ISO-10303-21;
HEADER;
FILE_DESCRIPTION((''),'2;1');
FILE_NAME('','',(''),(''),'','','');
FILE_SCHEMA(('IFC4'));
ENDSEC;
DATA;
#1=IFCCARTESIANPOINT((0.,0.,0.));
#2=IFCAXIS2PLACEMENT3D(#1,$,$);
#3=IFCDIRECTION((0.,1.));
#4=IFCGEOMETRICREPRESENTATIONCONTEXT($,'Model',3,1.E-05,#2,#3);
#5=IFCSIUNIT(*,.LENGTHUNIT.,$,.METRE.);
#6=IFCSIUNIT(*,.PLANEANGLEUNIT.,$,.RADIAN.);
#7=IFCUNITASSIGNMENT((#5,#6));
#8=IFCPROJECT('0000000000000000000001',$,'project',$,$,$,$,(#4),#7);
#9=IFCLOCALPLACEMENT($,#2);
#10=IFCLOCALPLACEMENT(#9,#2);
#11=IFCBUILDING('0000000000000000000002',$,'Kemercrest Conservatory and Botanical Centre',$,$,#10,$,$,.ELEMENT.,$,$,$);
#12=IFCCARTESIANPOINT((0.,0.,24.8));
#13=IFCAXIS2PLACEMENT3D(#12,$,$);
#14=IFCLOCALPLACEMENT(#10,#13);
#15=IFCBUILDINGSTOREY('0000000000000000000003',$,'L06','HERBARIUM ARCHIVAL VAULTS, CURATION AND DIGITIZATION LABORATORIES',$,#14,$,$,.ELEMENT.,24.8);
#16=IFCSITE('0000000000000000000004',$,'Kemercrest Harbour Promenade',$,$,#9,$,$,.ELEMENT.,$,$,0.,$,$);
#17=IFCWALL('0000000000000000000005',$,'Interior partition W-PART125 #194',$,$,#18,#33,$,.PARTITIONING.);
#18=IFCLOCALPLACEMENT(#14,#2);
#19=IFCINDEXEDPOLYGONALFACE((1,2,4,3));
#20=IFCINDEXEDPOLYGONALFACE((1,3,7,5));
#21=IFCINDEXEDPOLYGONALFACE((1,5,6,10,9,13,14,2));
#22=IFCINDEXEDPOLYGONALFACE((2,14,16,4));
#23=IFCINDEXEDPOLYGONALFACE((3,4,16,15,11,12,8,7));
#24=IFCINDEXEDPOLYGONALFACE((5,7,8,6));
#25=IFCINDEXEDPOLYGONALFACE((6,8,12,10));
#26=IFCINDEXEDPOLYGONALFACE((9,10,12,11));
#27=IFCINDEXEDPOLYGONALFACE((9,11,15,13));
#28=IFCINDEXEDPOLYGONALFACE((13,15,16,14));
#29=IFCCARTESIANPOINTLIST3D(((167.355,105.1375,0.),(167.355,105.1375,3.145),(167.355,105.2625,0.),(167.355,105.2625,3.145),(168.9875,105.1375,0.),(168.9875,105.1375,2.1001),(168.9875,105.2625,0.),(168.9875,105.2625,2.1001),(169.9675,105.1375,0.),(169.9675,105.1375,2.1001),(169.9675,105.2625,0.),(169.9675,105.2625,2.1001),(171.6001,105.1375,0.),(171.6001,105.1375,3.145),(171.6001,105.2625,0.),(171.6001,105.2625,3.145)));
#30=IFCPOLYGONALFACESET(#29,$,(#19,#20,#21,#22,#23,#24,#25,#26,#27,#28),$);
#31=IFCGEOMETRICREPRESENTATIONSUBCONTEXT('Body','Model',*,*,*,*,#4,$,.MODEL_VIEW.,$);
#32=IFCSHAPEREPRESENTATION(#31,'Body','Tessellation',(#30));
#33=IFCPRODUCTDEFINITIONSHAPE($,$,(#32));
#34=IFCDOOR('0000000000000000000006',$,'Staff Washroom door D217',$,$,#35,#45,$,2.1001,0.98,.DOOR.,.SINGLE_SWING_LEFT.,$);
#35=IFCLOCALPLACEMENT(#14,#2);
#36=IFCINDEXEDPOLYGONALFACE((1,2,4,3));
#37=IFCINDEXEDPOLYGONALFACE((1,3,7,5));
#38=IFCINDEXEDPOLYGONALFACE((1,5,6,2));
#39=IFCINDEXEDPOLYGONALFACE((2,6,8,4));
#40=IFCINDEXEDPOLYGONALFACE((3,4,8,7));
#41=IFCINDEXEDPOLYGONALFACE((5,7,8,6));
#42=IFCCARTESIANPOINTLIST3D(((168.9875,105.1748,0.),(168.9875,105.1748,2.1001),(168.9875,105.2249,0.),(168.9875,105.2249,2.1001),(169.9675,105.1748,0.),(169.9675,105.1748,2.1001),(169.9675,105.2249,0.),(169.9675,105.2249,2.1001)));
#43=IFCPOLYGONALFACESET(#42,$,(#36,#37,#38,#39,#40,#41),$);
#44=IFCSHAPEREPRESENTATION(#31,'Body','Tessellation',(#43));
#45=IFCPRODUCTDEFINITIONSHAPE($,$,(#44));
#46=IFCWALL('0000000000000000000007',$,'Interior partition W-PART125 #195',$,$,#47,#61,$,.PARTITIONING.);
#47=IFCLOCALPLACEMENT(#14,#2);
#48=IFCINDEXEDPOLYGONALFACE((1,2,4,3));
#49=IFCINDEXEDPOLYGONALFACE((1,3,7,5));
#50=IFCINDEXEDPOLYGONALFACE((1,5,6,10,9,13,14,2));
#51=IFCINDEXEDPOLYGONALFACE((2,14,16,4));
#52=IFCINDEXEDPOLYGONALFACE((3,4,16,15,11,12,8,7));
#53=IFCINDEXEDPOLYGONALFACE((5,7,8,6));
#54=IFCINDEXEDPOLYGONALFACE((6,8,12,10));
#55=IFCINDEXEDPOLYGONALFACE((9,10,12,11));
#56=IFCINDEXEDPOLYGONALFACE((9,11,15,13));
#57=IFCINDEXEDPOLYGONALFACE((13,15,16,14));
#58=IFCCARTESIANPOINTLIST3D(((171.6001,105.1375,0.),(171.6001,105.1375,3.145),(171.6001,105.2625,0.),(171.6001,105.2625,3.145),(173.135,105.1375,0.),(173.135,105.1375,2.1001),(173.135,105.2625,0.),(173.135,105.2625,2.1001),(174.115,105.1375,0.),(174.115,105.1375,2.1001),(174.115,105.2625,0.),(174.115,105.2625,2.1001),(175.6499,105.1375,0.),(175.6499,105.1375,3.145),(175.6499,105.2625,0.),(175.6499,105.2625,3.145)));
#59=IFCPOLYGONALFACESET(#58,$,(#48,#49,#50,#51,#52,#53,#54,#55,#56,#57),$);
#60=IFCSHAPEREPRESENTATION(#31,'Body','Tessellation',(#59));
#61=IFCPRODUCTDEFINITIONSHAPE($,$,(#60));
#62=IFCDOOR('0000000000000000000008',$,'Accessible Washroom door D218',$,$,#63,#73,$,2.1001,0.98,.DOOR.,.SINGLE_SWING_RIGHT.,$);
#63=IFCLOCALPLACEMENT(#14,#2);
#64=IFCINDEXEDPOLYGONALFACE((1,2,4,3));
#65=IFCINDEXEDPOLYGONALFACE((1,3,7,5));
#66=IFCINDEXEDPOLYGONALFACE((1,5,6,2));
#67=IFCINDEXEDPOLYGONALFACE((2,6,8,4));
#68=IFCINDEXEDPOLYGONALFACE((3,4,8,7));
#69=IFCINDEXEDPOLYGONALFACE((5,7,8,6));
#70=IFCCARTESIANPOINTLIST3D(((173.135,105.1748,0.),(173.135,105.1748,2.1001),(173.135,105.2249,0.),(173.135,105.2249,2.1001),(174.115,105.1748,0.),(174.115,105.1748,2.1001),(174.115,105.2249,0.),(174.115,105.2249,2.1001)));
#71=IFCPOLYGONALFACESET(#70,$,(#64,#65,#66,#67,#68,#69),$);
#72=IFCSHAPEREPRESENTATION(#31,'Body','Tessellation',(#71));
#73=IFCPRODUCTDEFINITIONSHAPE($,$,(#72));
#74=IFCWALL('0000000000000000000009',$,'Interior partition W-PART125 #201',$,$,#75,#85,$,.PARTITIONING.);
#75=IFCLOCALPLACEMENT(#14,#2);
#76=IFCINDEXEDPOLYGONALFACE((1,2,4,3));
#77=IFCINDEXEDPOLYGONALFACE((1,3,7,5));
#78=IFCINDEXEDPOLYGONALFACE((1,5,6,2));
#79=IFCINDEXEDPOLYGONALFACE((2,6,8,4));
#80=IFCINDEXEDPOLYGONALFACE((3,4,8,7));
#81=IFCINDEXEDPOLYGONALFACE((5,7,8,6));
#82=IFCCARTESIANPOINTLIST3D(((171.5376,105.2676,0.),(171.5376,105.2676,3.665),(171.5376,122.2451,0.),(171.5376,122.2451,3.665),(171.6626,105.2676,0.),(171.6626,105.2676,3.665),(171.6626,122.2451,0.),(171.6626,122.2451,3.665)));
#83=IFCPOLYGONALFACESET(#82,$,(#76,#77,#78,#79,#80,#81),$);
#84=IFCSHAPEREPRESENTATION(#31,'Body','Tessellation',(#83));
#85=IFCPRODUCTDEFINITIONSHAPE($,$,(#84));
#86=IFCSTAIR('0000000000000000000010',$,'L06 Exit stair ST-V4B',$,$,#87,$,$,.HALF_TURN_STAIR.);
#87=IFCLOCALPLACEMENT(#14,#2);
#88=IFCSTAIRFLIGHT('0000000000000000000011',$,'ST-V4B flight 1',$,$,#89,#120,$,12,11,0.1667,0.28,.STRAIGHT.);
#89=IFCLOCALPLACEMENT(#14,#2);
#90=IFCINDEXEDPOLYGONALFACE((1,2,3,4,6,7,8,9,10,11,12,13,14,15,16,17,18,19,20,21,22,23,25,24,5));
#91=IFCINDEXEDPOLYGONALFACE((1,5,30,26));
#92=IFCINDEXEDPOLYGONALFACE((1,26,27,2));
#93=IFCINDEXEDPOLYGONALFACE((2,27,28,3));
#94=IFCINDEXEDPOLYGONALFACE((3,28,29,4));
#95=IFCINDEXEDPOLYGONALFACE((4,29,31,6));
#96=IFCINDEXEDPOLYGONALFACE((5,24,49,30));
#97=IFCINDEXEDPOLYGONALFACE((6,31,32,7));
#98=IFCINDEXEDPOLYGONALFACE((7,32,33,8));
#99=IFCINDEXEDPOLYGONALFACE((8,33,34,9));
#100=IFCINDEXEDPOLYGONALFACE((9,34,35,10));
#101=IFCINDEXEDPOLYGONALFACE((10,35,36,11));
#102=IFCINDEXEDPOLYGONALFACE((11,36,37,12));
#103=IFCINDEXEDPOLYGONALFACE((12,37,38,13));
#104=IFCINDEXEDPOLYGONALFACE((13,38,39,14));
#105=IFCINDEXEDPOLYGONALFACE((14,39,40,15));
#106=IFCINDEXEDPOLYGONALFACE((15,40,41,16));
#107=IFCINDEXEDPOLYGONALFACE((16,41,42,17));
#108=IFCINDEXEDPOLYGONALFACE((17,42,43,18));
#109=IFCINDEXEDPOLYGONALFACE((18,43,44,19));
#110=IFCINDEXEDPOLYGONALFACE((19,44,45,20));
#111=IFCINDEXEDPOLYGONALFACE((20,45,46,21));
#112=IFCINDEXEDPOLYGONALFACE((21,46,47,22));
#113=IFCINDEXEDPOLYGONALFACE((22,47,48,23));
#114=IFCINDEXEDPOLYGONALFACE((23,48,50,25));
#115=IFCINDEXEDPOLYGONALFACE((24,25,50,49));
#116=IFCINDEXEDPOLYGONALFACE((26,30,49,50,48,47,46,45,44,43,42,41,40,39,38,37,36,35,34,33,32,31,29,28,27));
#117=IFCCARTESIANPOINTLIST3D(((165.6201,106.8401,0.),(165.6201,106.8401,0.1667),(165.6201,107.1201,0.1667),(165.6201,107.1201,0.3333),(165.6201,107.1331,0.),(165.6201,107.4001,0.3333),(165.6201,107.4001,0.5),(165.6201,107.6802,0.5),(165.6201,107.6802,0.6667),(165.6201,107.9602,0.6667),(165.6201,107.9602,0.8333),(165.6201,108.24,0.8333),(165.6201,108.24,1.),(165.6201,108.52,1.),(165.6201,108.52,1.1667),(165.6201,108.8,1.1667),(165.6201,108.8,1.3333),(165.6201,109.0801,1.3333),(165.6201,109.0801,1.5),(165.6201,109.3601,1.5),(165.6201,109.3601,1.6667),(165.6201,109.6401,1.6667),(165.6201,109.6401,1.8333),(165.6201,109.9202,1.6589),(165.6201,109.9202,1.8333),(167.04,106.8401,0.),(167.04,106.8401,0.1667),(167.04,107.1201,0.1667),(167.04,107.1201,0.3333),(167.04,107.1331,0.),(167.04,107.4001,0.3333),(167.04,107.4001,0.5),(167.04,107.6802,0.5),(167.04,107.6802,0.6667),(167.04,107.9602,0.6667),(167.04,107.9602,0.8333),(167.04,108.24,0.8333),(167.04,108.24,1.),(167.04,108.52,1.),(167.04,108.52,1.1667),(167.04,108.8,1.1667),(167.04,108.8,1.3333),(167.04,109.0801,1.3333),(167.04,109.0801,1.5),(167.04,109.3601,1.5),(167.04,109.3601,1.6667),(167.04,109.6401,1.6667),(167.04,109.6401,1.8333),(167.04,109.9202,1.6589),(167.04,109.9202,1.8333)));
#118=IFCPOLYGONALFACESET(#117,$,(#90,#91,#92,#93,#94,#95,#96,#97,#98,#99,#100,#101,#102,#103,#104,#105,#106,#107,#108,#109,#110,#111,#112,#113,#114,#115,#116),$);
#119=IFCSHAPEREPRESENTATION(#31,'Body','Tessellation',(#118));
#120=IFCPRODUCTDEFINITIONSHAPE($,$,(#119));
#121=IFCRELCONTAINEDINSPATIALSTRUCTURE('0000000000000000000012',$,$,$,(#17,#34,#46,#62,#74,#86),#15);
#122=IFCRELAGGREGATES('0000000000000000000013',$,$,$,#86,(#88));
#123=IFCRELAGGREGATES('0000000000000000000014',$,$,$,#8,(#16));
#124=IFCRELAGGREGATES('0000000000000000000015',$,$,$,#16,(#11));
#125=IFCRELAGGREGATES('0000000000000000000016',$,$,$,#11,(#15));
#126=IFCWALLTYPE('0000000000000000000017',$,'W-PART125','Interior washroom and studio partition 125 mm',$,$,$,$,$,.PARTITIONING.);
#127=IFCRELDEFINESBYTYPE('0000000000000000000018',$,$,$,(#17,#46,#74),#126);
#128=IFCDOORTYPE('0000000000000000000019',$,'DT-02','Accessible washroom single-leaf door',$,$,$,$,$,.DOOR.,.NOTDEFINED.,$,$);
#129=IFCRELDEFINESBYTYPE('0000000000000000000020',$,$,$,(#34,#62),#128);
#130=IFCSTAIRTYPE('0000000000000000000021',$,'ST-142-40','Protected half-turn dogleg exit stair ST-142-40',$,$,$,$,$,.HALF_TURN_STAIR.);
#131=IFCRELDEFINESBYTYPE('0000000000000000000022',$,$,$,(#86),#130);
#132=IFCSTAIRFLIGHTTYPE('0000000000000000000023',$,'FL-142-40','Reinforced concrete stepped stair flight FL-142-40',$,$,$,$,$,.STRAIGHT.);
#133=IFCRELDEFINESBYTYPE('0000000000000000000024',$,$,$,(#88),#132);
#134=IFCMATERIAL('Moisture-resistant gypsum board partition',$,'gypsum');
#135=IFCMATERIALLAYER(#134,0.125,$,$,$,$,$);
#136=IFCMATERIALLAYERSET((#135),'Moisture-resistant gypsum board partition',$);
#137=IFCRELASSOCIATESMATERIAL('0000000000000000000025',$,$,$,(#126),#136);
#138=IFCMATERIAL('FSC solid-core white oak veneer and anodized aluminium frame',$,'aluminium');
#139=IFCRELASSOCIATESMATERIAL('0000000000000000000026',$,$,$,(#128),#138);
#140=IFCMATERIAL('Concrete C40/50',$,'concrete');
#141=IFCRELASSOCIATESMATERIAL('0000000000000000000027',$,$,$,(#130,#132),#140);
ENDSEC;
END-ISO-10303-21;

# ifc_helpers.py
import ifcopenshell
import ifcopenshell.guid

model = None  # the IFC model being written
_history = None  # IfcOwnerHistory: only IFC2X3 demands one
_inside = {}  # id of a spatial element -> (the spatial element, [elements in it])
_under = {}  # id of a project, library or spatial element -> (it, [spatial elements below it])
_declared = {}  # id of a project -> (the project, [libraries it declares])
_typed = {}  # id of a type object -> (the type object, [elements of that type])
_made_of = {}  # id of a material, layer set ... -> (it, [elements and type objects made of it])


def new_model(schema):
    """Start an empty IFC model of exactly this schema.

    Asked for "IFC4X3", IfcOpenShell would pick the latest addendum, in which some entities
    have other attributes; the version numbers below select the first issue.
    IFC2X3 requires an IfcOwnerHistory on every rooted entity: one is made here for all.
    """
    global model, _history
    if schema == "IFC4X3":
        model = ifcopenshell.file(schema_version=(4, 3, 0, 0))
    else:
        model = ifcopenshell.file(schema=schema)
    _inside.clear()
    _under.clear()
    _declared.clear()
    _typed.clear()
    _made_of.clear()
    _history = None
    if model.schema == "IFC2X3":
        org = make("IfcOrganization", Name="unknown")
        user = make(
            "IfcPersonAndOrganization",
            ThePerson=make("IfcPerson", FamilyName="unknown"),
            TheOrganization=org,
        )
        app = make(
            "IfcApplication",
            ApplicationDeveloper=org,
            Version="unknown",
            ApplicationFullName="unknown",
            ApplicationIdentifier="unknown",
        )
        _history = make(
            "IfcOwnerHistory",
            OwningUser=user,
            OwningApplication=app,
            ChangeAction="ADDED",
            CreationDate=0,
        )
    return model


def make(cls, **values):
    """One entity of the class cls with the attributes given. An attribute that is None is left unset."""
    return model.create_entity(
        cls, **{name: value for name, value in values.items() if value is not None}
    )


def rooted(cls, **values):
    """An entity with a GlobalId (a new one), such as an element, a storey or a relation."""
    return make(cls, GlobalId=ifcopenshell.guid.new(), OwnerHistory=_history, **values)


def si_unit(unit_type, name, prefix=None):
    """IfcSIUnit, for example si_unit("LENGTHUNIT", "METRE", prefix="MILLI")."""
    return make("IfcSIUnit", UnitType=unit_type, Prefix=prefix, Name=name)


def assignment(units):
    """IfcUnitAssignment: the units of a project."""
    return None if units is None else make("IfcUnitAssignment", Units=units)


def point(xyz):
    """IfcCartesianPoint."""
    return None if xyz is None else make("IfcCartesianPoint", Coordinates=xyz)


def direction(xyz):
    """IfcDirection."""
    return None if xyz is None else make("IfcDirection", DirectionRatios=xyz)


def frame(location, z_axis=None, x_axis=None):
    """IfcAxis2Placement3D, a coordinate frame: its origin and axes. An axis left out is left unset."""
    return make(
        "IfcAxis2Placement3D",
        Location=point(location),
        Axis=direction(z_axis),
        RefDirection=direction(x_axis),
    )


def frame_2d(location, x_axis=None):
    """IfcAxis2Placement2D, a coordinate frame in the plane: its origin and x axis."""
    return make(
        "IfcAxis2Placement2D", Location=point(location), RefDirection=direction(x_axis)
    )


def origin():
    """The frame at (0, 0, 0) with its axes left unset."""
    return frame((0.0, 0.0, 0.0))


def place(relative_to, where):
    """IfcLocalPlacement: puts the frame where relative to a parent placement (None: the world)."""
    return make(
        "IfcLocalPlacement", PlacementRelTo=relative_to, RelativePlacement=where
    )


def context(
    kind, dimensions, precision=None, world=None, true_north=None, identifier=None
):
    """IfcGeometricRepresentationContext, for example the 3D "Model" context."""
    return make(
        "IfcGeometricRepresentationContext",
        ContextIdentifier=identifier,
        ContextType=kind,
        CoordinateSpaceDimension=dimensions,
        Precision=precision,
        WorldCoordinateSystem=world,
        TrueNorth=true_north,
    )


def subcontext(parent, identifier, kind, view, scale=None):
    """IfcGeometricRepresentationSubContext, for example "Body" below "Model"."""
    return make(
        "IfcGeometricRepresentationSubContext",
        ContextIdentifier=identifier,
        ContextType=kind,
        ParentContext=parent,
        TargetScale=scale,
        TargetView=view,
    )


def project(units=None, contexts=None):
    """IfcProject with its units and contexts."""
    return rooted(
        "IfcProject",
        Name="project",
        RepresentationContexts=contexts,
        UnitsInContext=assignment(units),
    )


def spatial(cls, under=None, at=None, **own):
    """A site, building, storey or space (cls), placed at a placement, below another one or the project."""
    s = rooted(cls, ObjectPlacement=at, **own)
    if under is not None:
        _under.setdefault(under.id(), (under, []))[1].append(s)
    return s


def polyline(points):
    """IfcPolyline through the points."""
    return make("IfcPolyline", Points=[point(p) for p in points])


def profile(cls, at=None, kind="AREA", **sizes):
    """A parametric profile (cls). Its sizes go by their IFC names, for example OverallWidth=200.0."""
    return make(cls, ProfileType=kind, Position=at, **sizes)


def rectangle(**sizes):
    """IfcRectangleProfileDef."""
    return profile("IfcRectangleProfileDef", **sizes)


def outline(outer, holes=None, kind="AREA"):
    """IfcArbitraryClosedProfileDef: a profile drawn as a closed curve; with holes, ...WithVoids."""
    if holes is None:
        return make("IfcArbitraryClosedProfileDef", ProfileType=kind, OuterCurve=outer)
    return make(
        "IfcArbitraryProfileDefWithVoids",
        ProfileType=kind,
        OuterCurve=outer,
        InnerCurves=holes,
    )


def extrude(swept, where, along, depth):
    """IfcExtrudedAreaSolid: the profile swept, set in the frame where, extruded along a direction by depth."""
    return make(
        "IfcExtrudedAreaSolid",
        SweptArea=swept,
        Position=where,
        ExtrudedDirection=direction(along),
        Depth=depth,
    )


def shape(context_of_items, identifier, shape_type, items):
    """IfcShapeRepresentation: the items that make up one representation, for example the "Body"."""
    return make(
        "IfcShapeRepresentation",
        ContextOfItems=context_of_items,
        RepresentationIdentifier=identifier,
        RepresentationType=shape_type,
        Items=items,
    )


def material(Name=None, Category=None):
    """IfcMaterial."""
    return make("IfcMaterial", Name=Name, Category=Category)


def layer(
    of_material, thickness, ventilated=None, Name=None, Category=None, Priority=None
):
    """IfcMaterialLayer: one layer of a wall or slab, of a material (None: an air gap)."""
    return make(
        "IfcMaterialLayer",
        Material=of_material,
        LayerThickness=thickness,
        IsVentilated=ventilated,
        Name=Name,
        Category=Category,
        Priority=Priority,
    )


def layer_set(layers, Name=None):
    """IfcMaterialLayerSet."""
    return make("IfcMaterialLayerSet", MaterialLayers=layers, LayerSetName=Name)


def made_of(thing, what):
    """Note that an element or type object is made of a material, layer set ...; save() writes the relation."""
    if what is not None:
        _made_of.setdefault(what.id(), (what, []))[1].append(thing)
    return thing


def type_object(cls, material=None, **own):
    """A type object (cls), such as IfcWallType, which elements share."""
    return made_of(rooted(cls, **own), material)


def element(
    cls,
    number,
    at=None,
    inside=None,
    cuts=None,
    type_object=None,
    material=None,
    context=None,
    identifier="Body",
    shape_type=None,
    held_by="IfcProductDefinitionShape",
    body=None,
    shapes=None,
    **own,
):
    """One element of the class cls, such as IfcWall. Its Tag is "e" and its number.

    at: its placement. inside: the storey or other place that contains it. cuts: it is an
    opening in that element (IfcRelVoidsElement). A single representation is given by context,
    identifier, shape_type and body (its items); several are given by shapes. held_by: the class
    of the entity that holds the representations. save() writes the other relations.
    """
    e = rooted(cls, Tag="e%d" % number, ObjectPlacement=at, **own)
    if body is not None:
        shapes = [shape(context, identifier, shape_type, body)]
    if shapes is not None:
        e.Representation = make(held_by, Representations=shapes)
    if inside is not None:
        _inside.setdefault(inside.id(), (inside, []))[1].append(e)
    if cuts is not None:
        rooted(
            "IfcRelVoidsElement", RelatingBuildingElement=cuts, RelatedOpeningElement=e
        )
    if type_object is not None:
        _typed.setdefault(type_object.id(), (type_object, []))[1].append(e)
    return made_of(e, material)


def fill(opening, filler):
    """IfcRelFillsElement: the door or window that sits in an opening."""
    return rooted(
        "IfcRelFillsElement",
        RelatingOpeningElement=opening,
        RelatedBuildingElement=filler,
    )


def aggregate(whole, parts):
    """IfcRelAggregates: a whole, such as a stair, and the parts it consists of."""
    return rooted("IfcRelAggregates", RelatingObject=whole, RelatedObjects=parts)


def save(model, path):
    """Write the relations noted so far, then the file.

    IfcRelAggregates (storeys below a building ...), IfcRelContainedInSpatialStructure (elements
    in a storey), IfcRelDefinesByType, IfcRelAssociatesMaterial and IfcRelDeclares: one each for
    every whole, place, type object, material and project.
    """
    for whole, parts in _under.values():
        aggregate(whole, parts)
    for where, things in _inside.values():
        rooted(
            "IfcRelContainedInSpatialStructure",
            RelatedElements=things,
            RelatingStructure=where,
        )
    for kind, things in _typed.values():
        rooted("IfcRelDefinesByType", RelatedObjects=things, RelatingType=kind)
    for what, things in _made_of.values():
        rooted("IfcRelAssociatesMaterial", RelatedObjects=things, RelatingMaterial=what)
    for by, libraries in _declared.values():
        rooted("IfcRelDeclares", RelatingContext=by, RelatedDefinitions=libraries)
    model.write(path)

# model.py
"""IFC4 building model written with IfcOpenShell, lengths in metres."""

from ifc_helpers import new_model, si_unit, direction, frame, frame_2d, origin, place, context, subcontext, project, spatial, polyline, rectangle, outline, extrude, material, layer, layer_set, type_object, element, fill, aggregate, save


model = new_model("IFC4")

# Units and contexts
model_context = context("Model", 3, precision=1e-05, world=origin(), true_north=direction((0.0, 1.0)))
body_context = subcontext(model_context, "Body", "Model", "MODEL_VIEW")
ifc_project = project(units=[si_unit("LENGTHUNIT", "METRE"), si_unit("PLANEANGLEUNIT", "RADIAN")], contexts=[model_context])

# Site, building, storey
site_placement = place(None, origin())
site = spatial("IfcSite", under=ifc_project, at=site_placement, Name="Kemercrest Harbour Promenade", CompositionType="ELEMENT", RefElevation=0.0)
building_placement = place(site_placement, origin())
building = spatial("IfcBuilding", under=site, at=building_placement, Name="Kemercrest Conservatory and Botanical Centre", CompositionType="ELEMENT")
storey_placement = place(building_placement, frame((0.0, 0.0, 24.8)))
storey = spatial("IfcBuildingStorey", under=building, at=storey_placement, Name="L06", Description="HERBARIUM ARCHIVAL VAULTS, CURATION AND DIGITIZATION LABORATORIES", CompositionType="ELEMENT", Elevation=24.8)

# Shared definitions
ifc_material_1 = material(Name="Concrete C40/50", Category="concrete")

# Walls, openings, doors
ifc_material_2 = material(Name="Moisture-resistant gypsum board partition", Category="gypsum")
ifc_layer_1 = layer(ifc_material_2, 0.125)
ifc_layer_set_1 = layer_set([ifc_layer_1], Name="Moisture-resistant gypsum board partition")
wall_type_1 = type_object("IfcWallType", Name="W-PART125", Description="Interior washroom and studio partition 125 mm", PredefinedType="PARTITIONING", material=ifc_layer_set_1)
wall_1_placement = place(storey_placement, frame((167.355, 105.2, 0.0), z_axis=(0.0, 0.0, 1.0), x_axis=(1.0, 0.0, 0.0)))
wall_1 = element("IfcWall", 1, at=wall_1_placement, inside=storey, type_object=wall_type_1, Name="Interior partition W-PART125 #194", PredefinedType="PARTITIONING", context=body_context, shape_type="SweptSolid", body=[
    extrude(rectangle(XDim=4.2451, YDim=0.125, at=frame_2d((2.1226, 0.0))), origin(), (0.0, 0.0, 1.0), 3.145),
])
opening_1_placement = place(wall_1_placement, frame((1.6326, 0.0, 0.0)))
opening_1 = element("IfcOpeningElement", 2, at=opening_1_placement, cuts=wall_1, PredefinedType="OPENING", context=body_context, shape_type="SweptSolid", body=[
    extrude(rectangle(XDim=0.98, YDim=2.1001, at=frame_2d((0.49, 1.05))), frame((0.0, 0.0725, 0.0), z_axis=(0.0, -1.0, 0.0), x_axis=(1.0, 0.0, 0.0)), (0.0, 0.0, 1.0), 0.145),
])
ifc_material_3 = material(Name="FSC solid-core white oak veneer and anodized aluminium frame", Category="aluminium")
door_type = type_object("IfcDoorType", Name="DT-02", Description="Accessible washroom single-leaf door", OperationType="NOTDEFINED", PredefinedType="DOOR", material=ifc_material_3)
door_1_placement = place(opening_1_placement, origin())
door_1 = element("IfcDoor", 3, at=door_1_placement, inside=storey, type_object=door_type, Name="Staff Washroom door D217", OperationType="SINGLE_SWING_LEFT", OverallHeight=2.1001, OverallWidth=0.98, PredefinedType="DOOR", context=body_context, shape_type="SweptSolid", body=[
    extrude(rectangle(XDim=0.98, YDim=2.1001, at=frame_2d((0.49, 1.05))), frame((0.0, 0.0249, 0.0), z_axis=(0.0, -1.0, 0.0), x_axis=(1.0, 0.0, 0.0)), (0.0, 0.0, 1.0), 0.05),
])
fill(opening_1, door_1)
wall_2_placement = place(storey_placement, frame((171.6001, 105.2, 0.0), z_axis=(0.0, 0.0, 1.0), x_axis=(1.0, 0.0, 0.0)))
wall_2 = element("IfcWall", 4, at=wall_2_placement, inside=storey, type_object=wall_type_1, Name="Interior partition W-PART125 #195", PredefinedType="PARTITIONING", context=body_context, shape_type="SweptSolid", body=[
    extrude(rectangle(XDim=4.0498, YDim=0.125, at=frame_2d((2.0249, 0.0))), origin(), (0.0, 0.0, 1.0), 3.145),
])
opening_2_placement = place(wall_2_placement, frame((1.5349, 0.0, 0.0)))
opening_2 = element("IfcOpeningElement", 5, at=opening_2_placement, cuts=wall_2, PredefinedType="OPENING", context=body_context, shape_type="SweptSolid", body=[
    extrude(rectangle(XDim=0.98, YDim=2.1001, at=frame_2d((0.49, 1.05))), frame((0.0, 0.0725, 0.0), z_axis=(0.0, -1.0, 0.0), x_axis=(1.0, 0.0, 0.0)), (0.0, 0.0, 1.0), 0.145),
])
door_2_placement = place(opening_2_placement, origin())
door_2 = element("IfcDoor", 6, at=door_2_placement, inside=storey, type_object=door_type, Name="Accessible Washroom door D218", OperationType="SINGLE_SWING_RIGHT", OverallHeight=2.1001, OverallWidth=0.98, PredefinedType="DOOR", context=body_context, shape_type="SweptSolid", body=[
    extrude(rectangle(XDim=0.98, YDim=2.1001, at=frame_2d((0.49, 1.05))), frame((0.0, 0.0249, 0.0), z_axis=(0.0, -1.0, 0.0), x_axis=(1.0, 0.0, 0.0)), (0.0, 0.0, 1.0), 0.05),
])
fill(opening_2, door_2)

# Wall
wall_3_placement = place(storey_placement, frame((171.6001, 105.2676, 0.0), z_axis=(0.0, 0.0, 1.0), x_axis=(0.0, 1.0, 0.0)))
element("IfcWall", 7, at=wall_3_placement, inside=storey, type_object=wall_type_1, Name="Interior partition W-PART125 #201", PredefinedType="PARTITIONING", context=body_context, shape_type="SweptSolid", body=[
    extrude(rectangle(XDim=16.9775, YDim=0.125, at=frame_2d((8.4888, 0.0))), origin(), (0.0, 0.0, 1.0), 3.665),
])

# Stair, stair flight
stair_type = type_object("IfcStairType", Name="ST-142-40", Description="Protected half-turn dogleg exit stair ST-142-40", PredefinedType="HALF_TURN_STAIR", material=ifc_material_1)
stair_placement = place(storey_placement, origin())
stair = element("IfcStair", 8, at=stair_placement, inside=storey, type_object=stair_type, Name="L06 Exit stair ST-V4B", PredefinedType="HALF_TURN_STAIR")
stair_flight_type = type_object("IfcStairFlightType", Name="FL-142-40", Description="Reinforced concrete stepped stair flight FL-142-40", PredefinedType="STRAIGHT", material=ifc_material_1)
stair_flight_placement = place(storey_placement, frame((166.3301, 106.8401, 0.0), z_axis=(0.0, 0.0, 1.0), x_axis=(0.0, 1.0, 0.0)))
stair_flight = element("IfcStairFlight", 9, at=stair_flight_placement, type_object=stair_flight_type, Name="ST-V4B flight 1", NumberOfRisers=12, NumberOfTreads=11, PredefinedType="STRAIGHT", RiserHeight=0.1667, TreadLength=0.28, context=body_context, shape_type="SweptSolid", body=[
    extrude(outline(polyline([(0.0, 0.0), (0.0, 0.1667), (0.28, 0.1667), (0.28, 0.3333), (0.5601, 0.3333), (0.5601, 0.5), (0.8401, 0.5), (0.8401, 0.6667), (1.1201, 0.6667), (1.1201, 0.8333), (1.3999, 0.8333), (1.3999, 1.0), (1.6799, 1.0), (1.6799, 1.1667), (1.96, 1.1667), (1.96, 1.3333), (2.24, 1.3333), (2.24, 1.5), (2.52, 1.5), (2.52, 1.6667), (2.8, 1.6667), (2.8, 1.8333), (3.0801, 1.8333), (3.0801, 2.0), (3.0801, 1.6589), (0.293, 0.0), (0.0, 0.0)])), frame((0.0, 0.71, 0.0), z_axis=(0.0, -1.0, 0.0), x_axis=(1.0, 0.0, 0.0)), (0.0, 0.0, 1.0), 1.4199),
])
aggregate(stair, [stair_flight])

save(model, "model.ifc")
